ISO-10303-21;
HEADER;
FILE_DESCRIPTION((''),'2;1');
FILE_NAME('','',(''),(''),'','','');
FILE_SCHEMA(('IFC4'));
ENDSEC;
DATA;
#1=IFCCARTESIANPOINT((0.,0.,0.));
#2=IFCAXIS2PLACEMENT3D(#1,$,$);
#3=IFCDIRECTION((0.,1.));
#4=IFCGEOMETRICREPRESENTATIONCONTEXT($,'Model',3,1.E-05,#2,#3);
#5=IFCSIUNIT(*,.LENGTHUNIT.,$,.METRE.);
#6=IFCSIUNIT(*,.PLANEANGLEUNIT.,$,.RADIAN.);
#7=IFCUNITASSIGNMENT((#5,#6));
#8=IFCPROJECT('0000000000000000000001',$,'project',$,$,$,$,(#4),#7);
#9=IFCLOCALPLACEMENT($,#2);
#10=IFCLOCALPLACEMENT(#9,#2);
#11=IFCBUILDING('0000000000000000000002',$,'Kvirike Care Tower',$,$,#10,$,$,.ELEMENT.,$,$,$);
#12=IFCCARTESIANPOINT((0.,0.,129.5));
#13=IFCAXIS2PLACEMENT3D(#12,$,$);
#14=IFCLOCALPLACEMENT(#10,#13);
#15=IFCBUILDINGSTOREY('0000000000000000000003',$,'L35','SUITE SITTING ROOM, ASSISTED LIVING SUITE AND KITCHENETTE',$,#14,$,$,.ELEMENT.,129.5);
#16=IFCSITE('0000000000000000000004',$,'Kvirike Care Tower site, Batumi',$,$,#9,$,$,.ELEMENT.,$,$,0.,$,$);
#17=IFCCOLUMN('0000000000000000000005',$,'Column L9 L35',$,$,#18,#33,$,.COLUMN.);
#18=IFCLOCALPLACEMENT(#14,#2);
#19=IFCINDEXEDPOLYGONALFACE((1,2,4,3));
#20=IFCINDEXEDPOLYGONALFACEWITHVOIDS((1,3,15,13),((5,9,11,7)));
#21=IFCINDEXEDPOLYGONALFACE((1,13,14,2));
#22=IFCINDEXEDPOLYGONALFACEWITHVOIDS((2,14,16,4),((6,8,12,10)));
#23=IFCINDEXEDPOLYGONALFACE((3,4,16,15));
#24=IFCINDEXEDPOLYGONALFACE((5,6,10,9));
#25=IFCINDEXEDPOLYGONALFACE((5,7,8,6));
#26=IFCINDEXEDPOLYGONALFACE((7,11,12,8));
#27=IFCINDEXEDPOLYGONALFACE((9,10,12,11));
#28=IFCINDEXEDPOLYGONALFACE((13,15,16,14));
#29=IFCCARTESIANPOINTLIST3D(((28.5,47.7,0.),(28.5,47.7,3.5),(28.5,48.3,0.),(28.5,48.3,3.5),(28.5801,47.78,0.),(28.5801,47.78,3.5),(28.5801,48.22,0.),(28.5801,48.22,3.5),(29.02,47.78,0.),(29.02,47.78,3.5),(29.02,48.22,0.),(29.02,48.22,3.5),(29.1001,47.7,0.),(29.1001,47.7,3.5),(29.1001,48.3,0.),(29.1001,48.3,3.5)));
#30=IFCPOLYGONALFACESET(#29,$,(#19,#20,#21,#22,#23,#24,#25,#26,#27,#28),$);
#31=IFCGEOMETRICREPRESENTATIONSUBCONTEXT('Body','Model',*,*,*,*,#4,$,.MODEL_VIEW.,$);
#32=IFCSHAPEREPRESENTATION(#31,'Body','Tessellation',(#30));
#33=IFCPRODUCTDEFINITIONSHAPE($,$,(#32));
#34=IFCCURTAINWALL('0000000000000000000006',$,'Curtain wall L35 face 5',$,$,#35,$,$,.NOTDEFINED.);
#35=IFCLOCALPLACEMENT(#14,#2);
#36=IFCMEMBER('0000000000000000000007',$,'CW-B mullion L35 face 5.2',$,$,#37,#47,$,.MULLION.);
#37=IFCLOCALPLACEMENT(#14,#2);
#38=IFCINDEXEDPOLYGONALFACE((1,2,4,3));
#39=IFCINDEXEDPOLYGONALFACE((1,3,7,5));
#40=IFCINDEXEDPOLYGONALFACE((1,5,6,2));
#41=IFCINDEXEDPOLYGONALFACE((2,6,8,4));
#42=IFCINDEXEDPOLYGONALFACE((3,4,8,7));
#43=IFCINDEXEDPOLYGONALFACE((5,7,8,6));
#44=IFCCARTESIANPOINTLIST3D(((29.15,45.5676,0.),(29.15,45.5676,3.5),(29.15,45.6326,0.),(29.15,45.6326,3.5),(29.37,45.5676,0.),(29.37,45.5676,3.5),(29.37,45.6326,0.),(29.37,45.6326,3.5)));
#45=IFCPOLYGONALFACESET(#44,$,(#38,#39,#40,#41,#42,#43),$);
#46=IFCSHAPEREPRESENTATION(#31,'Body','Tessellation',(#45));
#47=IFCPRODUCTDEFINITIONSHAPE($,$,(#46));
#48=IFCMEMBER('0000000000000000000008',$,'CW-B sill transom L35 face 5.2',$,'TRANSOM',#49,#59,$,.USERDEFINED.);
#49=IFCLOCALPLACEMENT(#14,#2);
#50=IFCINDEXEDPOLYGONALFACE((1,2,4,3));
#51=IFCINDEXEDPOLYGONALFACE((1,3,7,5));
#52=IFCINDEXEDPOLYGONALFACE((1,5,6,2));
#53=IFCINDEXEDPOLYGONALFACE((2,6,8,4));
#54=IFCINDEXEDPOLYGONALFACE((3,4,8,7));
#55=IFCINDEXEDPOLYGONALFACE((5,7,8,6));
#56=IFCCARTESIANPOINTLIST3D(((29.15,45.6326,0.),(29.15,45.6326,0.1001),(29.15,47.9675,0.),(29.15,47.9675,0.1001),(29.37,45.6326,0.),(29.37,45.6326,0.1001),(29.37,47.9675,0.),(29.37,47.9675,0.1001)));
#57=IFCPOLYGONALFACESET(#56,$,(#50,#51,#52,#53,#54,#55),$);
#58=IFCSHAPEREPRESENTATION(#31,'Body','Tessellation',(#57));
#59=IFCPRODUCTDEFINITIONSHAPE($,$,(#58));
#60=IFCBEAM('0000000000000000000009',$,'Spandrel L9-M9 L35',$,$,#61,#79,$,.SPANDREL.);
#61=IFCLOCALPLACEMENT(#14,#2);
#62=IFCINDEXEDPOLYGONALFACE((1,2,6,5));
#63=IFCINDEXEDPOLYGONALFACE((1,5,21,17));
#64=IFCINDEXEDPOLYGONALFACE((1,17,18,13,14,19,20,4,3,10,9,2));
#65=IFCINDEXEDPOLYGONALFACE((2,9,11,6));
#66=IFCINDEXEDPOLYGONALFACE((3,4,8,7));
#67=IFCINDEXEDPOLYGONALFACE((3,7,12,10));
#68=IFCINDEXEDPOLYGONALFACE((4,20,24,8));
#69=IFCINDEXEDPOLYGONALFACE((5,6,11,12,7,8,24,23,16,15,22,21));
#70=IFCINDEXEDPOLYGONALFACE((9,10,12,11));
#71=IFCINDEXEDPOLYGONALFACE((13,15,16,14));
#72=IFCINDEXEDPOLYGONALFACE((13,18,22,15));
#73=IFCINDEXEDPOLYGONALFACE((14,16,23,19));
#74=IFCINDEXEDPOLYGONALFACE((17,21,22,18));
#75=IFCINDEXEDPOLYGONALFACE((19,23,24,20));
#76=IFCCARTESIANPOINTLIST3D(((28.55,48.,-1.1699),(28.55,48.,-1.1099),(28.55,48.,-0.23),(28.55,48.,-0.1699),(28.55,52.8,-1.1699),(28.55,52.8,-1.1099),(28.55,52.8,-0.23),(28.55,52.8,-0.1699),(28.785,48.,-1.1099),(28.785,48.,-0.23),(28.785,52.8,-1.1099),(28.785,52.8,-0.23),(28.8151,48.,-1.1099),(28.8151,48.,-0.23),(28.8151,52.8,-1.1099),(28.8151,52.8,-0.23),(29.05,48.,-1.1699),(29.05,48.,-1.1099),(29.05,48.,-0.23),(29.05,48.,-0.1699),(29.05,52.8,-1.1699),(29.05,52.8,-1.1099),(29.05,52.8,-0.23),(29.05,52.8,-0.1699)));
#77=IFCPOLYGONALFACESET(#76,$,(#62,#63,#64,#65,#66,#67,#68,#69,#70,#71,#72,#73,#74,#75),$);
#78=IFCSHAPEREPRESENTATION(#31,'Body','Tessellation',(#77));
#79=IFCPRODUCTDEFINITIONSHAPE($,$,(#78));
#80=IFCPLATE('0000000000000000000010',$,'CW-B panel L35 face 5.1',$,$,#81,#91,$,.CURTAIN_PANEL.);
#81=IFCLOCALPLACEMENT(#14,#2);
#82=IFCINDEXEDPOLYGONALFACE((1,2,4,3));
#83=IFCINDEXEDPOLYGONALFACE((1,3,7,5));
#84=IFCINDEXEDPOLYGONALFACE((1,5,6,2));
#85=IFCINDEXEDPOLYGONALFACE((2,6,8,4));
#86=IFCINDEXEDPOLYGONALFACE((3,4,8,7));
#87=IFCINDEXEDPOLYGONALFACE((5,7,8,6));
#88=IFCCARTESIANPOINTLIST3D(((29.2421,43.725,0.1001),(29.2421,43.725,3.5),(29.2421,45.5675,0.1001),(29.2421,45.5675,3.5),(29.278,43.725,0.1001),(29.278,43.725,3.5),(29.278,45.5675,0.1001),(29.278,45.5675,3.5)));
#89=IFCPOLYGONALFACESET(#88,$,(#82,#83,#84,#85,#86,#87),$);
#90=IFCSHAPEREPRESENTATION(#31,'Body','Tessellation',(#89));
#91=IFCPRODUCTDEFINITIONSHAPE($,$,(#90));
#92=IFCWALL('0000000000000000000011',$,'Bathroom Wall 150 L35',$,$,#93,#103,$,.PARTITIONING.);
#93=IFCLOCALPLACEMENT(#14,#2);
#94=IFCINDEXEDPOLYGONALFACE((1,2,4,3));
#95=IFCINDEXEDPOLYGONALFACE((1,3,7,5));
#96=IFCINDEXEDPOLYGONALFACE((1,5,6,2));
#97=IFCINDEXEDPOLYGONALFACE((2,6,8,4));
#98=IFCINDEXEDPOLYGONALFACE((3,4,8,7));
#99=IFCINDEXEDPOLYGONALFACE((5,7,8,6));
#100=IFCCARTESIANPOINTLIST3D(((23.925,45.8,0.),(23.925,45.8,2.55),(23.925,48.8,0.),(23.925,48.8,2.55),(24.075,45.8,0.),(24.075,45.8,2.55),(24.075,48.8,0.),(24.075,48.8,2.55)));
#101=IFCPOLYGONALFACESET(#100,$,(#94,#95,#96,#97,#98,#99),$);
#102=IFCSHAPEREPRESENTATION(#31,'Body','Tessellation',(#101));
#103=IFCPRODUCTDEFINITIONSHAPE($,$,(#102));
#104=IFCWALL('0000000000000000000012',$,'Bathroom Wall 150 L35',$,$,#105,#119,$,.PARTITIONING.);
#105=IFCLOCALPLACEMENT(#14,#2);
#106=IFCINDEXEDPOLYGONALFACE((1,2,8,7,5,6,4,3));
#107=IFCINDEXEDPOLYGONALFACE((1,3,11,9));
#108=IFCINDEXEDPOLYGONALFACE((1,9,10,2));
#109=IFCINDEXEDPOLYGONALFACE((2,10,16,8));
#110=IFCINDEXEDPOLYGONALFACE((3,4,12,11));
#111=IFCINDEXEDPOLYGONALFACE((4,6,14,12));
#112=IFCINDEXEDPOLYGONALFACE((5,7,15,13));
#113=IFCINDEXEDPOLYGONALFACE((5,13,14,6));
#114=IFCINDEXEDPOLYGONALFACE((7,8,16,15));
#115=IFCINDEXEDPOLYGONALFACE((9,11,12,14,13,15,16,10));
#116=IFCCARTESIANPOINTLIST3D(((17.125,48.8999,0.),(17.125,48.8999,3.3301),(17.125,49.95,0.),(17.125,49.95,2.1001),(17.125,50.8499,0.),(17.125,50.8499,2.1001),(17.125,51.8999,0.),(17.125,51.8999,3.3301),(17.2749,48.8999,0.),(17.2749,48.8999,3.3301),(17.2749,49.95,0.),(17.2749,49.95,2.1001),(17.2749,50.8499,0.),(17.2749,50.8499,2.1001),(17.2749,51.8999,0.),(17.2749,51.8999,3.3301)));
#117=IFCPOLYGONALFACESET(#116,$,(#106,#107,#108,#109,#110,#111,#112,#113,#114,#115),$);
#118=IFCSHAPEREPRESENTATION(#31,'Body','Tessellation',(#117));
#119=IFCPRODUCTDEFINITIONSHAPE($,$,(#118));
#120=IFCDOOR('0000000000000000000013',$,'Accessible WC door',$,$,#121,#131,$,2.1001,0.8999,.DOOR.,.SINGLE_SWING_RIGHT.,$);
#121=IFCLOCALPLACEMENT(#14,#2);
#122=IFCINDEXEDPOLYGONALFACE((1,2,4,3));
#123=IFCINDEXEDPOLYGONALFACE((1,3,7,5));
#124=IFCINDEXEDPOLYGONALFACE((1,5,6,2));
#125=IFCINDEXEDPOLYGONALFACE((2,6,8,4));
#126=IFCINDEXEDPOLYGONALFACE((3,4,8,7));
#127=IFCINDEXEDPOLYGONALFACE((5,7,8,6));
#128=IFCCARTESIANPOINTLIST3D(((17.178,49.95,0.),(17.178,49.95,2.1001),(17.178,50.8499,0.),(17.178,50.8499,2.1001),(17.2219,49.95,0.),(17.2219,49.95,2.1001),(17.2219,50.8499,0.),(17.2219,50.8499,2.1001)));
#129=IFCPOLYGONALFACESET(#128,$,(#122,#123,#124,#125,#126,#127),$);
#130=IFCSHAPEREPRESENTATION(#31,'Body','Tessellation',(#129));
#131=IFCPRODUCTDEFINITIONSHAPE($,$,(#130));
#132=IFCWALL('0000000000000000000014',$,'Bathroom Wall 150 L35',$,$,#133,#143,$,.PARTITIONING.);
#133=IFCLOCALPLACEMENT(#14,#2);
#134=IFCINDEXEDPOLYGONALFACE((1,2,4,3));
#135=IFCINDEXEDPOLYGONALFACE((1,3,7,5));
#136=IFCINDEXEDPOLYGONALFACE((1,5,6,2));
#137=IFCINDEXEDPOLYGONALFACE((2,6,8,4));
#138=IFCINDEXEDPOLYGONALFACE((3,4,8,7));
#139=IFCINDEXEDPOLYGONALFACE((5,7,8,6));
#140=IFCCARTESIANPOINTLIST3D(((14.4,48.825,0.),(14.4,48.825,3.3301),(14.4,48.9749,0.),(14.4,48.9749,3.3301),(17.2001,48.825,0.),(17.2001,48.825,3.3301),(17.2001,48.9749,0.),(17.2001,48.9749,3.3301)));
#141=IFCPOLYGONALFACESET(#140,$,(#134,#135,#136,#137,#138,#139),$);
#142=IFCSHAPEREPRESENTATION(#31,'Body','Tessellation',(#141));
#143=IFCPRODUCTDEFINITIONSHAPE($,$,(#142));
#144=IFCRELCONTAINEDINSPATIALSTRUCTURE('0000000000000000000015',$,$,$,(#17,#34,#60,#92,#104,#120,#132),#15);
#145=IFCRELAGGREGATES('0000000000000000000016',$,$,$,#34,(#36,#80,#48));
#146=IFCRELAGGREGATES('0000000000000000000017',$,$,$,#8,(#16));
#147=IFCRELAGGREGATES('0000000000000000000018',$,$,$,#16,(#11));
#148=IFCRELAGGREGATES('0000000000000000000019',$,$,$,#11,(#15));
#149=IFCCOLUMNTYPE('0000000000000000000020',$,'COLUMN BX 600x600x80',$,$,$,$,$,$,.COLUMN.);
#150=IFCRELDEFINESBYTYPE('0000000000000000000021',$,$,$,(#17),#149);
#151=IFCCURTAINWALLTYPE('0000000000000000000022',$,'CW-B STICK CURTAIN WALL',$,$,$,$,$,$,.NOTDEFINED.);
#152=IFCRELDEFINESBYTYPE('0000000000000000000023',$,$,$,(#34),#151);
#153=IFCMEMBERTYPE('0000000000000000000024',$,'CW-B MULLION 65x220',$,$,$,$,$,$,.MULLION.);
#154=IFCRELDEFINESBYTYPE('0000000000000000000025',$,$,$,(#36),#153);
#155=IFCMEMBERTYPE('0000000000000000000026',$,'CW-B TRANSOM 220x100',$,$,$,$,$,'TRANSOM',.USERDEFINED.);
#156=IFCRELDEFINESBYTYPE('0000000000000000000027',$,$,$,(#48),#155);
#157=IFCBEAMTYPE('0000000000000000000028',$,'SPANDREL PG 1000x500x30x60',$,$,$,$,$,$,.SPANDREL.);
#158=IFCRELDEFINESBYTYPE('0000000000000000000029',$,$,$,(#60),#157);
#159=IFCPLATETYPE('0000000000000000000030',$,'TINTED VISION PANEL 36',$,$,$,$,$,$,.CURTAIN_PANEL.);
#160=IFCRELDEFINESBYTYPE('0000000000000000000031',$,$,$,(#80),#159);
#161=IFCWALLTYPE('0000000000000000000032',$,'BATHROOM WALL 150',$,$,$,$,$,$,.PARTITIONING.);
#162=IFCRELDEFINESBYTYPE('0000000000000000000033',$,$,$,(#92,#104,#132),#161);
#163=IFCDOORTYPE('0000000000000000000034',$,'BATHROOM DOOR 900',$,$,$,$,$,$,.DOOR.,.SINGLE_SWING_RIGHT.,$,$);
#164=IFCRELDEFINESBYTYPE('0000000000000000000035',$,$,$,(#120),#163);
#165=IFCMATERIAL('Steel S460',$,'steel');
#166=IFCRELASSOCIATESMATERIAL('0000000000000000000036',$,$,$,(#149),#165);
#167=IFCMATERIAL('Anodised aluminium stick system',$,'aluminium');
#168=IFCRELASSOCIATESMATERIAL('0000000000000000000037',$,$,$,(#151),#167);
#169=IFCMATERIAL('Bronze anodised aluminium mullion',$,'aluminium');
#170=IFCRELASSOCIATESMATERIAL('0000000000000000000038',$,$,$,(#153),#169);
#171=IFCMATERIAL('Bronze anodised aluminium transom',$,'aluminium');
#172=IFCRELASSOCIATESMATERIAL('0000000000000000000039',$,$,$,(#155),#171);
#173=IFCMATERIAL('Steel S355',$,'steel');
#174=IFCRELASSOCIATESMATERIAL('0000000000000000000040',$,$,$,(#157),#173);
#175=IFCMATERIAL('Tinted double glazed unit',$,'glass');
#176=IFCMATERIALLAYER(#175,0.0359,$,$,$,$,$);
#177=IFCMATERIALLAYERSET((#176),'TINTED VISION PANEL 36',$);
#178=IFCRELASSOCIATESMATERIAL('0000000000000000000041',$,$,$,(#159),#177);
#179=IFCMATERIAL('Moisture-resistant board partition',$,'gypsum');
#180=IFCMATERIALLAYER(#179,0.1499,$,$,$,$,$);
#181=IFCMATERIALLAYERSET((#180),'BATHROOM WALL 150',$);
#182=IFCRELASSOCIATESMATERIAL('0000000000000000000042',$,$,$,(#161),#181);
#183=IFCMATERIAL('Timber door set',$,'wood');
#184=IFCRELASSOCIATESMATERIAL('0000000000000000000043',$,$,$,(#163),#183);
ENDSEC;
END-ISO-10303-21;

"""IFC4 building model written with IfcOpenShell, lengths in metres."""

from ifc_helpers import new_model, si_unit, direction, frame, frame_2d, origin, origin_2d, place, context, subcontext, project, spatial, rectangle, hollow_rectangle, i_section, extrude, material, layer, layer_set, material_profile, profile_set, type_object, element, fill, aggregate, save


model = new_model("IFC4")

# Units and contexts
model_context = context("Model", 3, precision=1e-05, world=origin(), true_north=direction((0.0, 1.0)))
body_context = subcontext(model_context, "Body", "Model", "MODEL_VIEW")
ifc_project = project(units=[si_unit("LENGTHUNIT", "METRE"), si_unit("PLANEANGLEUNIT", "RADIAN")], contexts=[model_context])

# Site, building, storey
site_placement = place(None, origin())
site = spatial("IfcSite", under=ifc_project, at=site_placement, Name="Kvirike Care Tower site, Batumi", CompositionType="ELEMENT", RefElevation=0.0)
building_placement = place(site_placement, origin())
building = spatial("IfcBuilding", under=site, at=building_placement, Name="Kvirike Care Tower", CompositionType="ELEMENT")
storey_placement = place(building_placement, frame((0.0, 0.0, 129.5)))
storey = spatial("IfcBuildingStorey", under=building, at=storey_placement, Name="L35", Description="SUITE SITTING ROOM, ASSISTED LIVING SUITE AND KITCHENETTE", CompositionType="ELEMENT", Elevation=129.5)

# Column
ifc_material_1 = material(Name="Steel S460", Category="steel")
ifc_material_profile_1 = material_profile(ifc_material_1, hollow_rectangle(XDim=0.6001, YDim=0.6001, WallThickness=0.0801, at=origin_2d()), Name="BX 600x600x80")
ifc_profile_set_1 = profile_set([ifc_material_profile_1], Name="Steel S460")
column_type = type_object("IfcColumnType", Name="COLUMN BX 600x600x80", PredefinedType="COLUMN", material=ifc_profile_set_1)
column_placement = place(storey_placement, frame((28.8, 48.0, 0.0), z_axis=(0.0, 0.0, 1.0), x_axis=(1.0, 0.0, 0.0)))
element("IfcColumn", 1, at=column_placement, inside=storey, type_object=column_type, Name="Column L9 L35", PredefinedType="COLUMN", context=body_context, shape_type="SweptSolid", body=[
    extrude(hollow_rectangle(XDim=0.6001, YDim=0.6001, WallThickness=0.0801, at=origin_2d()), origin(), (0.0, 0.0, 1.0), 3.5),
])

# Curtain wall, members
ifc_material_2 = material(Name="Anodised aluminium stick system", Category="aluminium")
curtain_wall_type = type_object("IfcCurtainWallType", Name="CW-B STICK CURTAIN WALL", PredefinedType="NOTDEFINED", material=ifc_material_2)
curtain_wall_placement = place(storey_placement, origin())
curtain_wall = element("IfcCurtainWall", 2, at=curtain_wall_placement, inside=storey, type_object=curtain_wall_type, Name="Curtain wall L35 face 5", PredefinedType="NOTDEFINED")
ifc_material_3 = material(Name="Bronze anodised aluminium mullion", Category="aluminium")
ifc_material_profile_2 = material_profile(ifc_material_3, rectangle(XDim=0.0649, YDim=0.22, at=origin_2d()), Name="CW-B MULLION 65x220")
ifc_profile_set_2 = profile_set([ifc_material_profile_2], Name="Bronze anodised aluminium mullion")
member_type_1 = type_object("IfcMemberType", Name="CW-B MULLION 65x220", PredefinedType="MULLION", material=ifc_profile_set_2)
member_1_placement = place(storey_placement, frame((29.26, 45.6001, 0.0), z_axis=(0.0, 0.0, 1.0), x_axis=(0.0, 1.0, 0.0)))
member_1 = element("IfcMember", 3, at=member_1_placement, type_object=member_type_1, Name="CW-B mullion L35 face 5.2", PredefinedType="MULLION", context=body_context, shape_type="SweptSolid", body=[
    extrude(rectangle(XDim=0.0649, YDim=0.22, at=origin_2d()), origin(), (0.0, 0.0, 1.0), 3.5),
])
ifc_material_4 = material(Name="Bronze anodised aluminium transom", Category="aluminium")
ifc_material_profile_3 = material_profile(ifc_material_4, rectangle(XDim=0.22, YDim=0.1001, at=origin_2d()), Name="CW-B TRANSOM 220x100")
ifc_profile_set_3 = profile_set([ifc_material_profile_3], Name="Bronze anodised aluminium transom")
member_type_2 = type_object("IfcMemberType", Name="CW-B TRANSOM 220x100", ElementType="TRANSOM", PredefinedType="USERDEFINED", material=ifc_profile_set_3)
member_2_placement = place(storey_placement, frame((29.26, 45.6326, 0.05), z_axis=(0.0, 1.0, 0.0), x_axis=(-1.0, 0.0, 0.0)))
member_2 = element("IfcMember", 4, at=member_2_placement, type_object=member_type_2, Name="CW-B sill transom L35 face 5.2", ObjectType="TRANSOM", PredefinedType="USERDEFINED", context=body_context, shape_type="SweptSolid", body=[
    extrude(rectangle(XDim=0.22, YDim=0.1001, at=origin_2d()), origin(), (0.0, 0.0, 1.0), 2.335),
])

# Beam
ifc_material_5 = material(Name="Steel S355", Category="steel")
ifc_material_profile_4 = material_profile(ifc_material_5, i_section(OverallWidth=0.5, OverallDepth=1.0, WebThickness=0.03, FlangeThickness=0.0601, at=origin_2d()), Name="PG 1000x500x30x60")
ifc_profile_set_4 = profile_set([ifc_material_profile_4], Name="Steel S355")
beam_type = type_object("IfcBeamType", Name="SPANDREL PG 1000x500x30x60", PredefinedType="SPANDREL", material=ifc_profile_set_4)
beam_placement = place(storey_placement, frame((28.8, 48.0, -0.6699), z_axis=(0.0, 1.0, 0.0), x_axis=(-1.0, 0.0, 0.0)))
element("IfcBeam", 5, at=beam_placement, inside=storey, type_object=beam_type, Name="Spandrel L9-M9 L35", PredefinedType="SPANDREL", context=body_context, shape_type="SweptSolid", body=[
    extrude(i_section(OverallWidth=0.5, OverallDepth=1.0, WebThickness=0.03, FlangeThickness=0.0601, at=origin_2d()), origin(), (0.0, 0.0, 1.0), 4.8),
])

# Plate
ifc_material_6 = material(Name="Tinted double glazed unit", Category="glass")
ifc_layer_1 = layer(ifc_material_6, 0.0359)
ifc_layer_set_1 = layer_set([ifc_layer_1], Name="TINTED VISION PANEL 36")
plate_type = type_object("IfcPlateType", Name="TINTED VISION PANEL 36", PredefinedType="CURTAIN_PANEL", material=ifc_layer_set_1)
plate_placement = place(storey_placement, frame((29.26, 44.6462, 0.1001), z_axis=(0.0, 0.0, 1.0), x_axis=(0.0, 1.0, 0.0)))
plate = element("IfcPlate", 6, at=plate_placement, type_object=plate_type, Name="CW-B panel L35 face 5.1", PredefinedType="CURTAIN_PANEL", context=body_context, shape_type="SweptSolid", body=[
    extrude(rectangle(XDim=1.8425, YDim=0.0359, at=origin_2d()), origin(), (0.0, 0.0, 1.0), 3.3999),
])
aggregate(curtain_wall, [member_1, plate, member_2])

# Wall
ifc_material_7 = material(Name="Moisture-resistant board partition", Category="gypsum")
ifc_layer_2 = layer(ifc_material_7, 0.1499)
ifc_layer_set_2 = layer_set([ifc_layer_2], Name="BATHROOM WALL 150")
wall_type_1 = type_object("IfcWallType", Name="BATHROOM WALL 150", PredefinedType="PARTITIONING", material=ifc_layer_set_2)
wall_1_placement = place(storey_placement, frame((24.0, 48.8, 0.0), z_axis=(0.0, 0.0, 1.0), x_axis=(0.0, -1.0, 0.0)))
element("IfcWall", 7, at=wall_1_placement, inside=storey, type_object=wall_type_1, Name="Bathroom Wall 150 L35", PredefinedType="PARTITIONING", context=body_context, shape_type="SweptSolid", body=[
    extrude(rectangle(XDim=3.0, YDim=0.1499, at=frame_2d((1.5, 0.0))), origin(), (0.0, 0.0, 1.0), 2.55),
])

# Wall, opening, door
wall_2_placement = place(storey_placement, frame((17.2, 51.8999, 0.0), z_axis=(0.0, 0.0, 1.0), x_axis=(0.0, -1.0, 0.0)))
wall_2 = element("IfcWall", 8, at=wall_2_placement, inside=storey, type_object=wall_type_1, Name="Bathroom Wall 150 L35", PredefinedType="PARTITIONING", context=body_context, shape_type="SweptSolid", body=[
    extrude(rectangle(XDim=3.0, YDim=0.1499, at=frame_2d((1.5, 0.0))), origin(), (0.0, 0.0, 1.0), 3.3301),
])
opening_1_placement = place(wall_2_placement, frame((1.05, 0.0, 0.0)))
opening_1 = element("IfcOpeningElement", 9, at=opening_1_placement, cuts=wall_2, PredefinedType="OPENING", context=body_context, shape_type="SweptSolid", body=[
    extrude(rectangle(XDim=0.8999, YDim=2.1001, at=frame_2d((0.45, 1.05))), frame((0.0, 0.0854, 0.0), z_axis=(0.0, -1.0, 0.0), x_axis=(1.0, 0.0, 0.0)), (0.0, 0.0, 1.0), 0.1709),
])
ifc_material_8 = material(Name="Timber door set", Category="wood")
door_type_1 = type_object("IfcDoorType", Name="BATHROOM DOOR 900", OperationType="SINGLE_SWING_RIGHT", PredefinedType="DOOR", material=ifc_material_8)
door_1_placement = place(opening_1_placement, frame((0.8999, 0.0, 0.0), z_axis=(0.0, 0.0, 1.0), x_axis=(-1.0, 0.0, 0.0)))
door_1 = element("IfcDoor", 10, at=door_1_placement, inside=storey, type_object=door_type_1, Name="Accessible WC door", OperationType="SINGLE_SWING_RIGHT", OverallHeight=2.1001, OverallWidth=0.8999, PredefinedType="DOOR", context=body_context, shape_type="SweptSolid", body=[
    extrude(rectangle(XDim=0.8999, YDim=2.1001, at=frame_2d((0.45, 1.05))), frame((0.0, 0.022, 0.0), z_axis=(0.0, -1.0, 0.0), x_axis=(1.0, 0.0, 0.0)), (0.0, 0.0, 1.0), 0.0439),
])
fill(opening_1, door_1)

# Wall
wall_3_placement = place(storey_placement, frame((17.2, 48.8999, 0.0), z_axis=(0.0, 0.0, 1.0), x_axis=(-1.0, 0.0, 0.0)))
element("IfcWall", 11, at=wall_3_placement, inside=storey, type_object=wall_type_1, Name="Bathroom Wall 150 L35", PredefinedType="PARTITIONING", context=body_context, shape_type="SweptSolid", body=[
    extrude(rectangle(XDim=2.8, YDim=0.1499, at=frame_2d((1.3999, 0.0))), origin(), (0.0, 0.0, 1.0), 3.3301),
])

save(model, "model.ifc")
